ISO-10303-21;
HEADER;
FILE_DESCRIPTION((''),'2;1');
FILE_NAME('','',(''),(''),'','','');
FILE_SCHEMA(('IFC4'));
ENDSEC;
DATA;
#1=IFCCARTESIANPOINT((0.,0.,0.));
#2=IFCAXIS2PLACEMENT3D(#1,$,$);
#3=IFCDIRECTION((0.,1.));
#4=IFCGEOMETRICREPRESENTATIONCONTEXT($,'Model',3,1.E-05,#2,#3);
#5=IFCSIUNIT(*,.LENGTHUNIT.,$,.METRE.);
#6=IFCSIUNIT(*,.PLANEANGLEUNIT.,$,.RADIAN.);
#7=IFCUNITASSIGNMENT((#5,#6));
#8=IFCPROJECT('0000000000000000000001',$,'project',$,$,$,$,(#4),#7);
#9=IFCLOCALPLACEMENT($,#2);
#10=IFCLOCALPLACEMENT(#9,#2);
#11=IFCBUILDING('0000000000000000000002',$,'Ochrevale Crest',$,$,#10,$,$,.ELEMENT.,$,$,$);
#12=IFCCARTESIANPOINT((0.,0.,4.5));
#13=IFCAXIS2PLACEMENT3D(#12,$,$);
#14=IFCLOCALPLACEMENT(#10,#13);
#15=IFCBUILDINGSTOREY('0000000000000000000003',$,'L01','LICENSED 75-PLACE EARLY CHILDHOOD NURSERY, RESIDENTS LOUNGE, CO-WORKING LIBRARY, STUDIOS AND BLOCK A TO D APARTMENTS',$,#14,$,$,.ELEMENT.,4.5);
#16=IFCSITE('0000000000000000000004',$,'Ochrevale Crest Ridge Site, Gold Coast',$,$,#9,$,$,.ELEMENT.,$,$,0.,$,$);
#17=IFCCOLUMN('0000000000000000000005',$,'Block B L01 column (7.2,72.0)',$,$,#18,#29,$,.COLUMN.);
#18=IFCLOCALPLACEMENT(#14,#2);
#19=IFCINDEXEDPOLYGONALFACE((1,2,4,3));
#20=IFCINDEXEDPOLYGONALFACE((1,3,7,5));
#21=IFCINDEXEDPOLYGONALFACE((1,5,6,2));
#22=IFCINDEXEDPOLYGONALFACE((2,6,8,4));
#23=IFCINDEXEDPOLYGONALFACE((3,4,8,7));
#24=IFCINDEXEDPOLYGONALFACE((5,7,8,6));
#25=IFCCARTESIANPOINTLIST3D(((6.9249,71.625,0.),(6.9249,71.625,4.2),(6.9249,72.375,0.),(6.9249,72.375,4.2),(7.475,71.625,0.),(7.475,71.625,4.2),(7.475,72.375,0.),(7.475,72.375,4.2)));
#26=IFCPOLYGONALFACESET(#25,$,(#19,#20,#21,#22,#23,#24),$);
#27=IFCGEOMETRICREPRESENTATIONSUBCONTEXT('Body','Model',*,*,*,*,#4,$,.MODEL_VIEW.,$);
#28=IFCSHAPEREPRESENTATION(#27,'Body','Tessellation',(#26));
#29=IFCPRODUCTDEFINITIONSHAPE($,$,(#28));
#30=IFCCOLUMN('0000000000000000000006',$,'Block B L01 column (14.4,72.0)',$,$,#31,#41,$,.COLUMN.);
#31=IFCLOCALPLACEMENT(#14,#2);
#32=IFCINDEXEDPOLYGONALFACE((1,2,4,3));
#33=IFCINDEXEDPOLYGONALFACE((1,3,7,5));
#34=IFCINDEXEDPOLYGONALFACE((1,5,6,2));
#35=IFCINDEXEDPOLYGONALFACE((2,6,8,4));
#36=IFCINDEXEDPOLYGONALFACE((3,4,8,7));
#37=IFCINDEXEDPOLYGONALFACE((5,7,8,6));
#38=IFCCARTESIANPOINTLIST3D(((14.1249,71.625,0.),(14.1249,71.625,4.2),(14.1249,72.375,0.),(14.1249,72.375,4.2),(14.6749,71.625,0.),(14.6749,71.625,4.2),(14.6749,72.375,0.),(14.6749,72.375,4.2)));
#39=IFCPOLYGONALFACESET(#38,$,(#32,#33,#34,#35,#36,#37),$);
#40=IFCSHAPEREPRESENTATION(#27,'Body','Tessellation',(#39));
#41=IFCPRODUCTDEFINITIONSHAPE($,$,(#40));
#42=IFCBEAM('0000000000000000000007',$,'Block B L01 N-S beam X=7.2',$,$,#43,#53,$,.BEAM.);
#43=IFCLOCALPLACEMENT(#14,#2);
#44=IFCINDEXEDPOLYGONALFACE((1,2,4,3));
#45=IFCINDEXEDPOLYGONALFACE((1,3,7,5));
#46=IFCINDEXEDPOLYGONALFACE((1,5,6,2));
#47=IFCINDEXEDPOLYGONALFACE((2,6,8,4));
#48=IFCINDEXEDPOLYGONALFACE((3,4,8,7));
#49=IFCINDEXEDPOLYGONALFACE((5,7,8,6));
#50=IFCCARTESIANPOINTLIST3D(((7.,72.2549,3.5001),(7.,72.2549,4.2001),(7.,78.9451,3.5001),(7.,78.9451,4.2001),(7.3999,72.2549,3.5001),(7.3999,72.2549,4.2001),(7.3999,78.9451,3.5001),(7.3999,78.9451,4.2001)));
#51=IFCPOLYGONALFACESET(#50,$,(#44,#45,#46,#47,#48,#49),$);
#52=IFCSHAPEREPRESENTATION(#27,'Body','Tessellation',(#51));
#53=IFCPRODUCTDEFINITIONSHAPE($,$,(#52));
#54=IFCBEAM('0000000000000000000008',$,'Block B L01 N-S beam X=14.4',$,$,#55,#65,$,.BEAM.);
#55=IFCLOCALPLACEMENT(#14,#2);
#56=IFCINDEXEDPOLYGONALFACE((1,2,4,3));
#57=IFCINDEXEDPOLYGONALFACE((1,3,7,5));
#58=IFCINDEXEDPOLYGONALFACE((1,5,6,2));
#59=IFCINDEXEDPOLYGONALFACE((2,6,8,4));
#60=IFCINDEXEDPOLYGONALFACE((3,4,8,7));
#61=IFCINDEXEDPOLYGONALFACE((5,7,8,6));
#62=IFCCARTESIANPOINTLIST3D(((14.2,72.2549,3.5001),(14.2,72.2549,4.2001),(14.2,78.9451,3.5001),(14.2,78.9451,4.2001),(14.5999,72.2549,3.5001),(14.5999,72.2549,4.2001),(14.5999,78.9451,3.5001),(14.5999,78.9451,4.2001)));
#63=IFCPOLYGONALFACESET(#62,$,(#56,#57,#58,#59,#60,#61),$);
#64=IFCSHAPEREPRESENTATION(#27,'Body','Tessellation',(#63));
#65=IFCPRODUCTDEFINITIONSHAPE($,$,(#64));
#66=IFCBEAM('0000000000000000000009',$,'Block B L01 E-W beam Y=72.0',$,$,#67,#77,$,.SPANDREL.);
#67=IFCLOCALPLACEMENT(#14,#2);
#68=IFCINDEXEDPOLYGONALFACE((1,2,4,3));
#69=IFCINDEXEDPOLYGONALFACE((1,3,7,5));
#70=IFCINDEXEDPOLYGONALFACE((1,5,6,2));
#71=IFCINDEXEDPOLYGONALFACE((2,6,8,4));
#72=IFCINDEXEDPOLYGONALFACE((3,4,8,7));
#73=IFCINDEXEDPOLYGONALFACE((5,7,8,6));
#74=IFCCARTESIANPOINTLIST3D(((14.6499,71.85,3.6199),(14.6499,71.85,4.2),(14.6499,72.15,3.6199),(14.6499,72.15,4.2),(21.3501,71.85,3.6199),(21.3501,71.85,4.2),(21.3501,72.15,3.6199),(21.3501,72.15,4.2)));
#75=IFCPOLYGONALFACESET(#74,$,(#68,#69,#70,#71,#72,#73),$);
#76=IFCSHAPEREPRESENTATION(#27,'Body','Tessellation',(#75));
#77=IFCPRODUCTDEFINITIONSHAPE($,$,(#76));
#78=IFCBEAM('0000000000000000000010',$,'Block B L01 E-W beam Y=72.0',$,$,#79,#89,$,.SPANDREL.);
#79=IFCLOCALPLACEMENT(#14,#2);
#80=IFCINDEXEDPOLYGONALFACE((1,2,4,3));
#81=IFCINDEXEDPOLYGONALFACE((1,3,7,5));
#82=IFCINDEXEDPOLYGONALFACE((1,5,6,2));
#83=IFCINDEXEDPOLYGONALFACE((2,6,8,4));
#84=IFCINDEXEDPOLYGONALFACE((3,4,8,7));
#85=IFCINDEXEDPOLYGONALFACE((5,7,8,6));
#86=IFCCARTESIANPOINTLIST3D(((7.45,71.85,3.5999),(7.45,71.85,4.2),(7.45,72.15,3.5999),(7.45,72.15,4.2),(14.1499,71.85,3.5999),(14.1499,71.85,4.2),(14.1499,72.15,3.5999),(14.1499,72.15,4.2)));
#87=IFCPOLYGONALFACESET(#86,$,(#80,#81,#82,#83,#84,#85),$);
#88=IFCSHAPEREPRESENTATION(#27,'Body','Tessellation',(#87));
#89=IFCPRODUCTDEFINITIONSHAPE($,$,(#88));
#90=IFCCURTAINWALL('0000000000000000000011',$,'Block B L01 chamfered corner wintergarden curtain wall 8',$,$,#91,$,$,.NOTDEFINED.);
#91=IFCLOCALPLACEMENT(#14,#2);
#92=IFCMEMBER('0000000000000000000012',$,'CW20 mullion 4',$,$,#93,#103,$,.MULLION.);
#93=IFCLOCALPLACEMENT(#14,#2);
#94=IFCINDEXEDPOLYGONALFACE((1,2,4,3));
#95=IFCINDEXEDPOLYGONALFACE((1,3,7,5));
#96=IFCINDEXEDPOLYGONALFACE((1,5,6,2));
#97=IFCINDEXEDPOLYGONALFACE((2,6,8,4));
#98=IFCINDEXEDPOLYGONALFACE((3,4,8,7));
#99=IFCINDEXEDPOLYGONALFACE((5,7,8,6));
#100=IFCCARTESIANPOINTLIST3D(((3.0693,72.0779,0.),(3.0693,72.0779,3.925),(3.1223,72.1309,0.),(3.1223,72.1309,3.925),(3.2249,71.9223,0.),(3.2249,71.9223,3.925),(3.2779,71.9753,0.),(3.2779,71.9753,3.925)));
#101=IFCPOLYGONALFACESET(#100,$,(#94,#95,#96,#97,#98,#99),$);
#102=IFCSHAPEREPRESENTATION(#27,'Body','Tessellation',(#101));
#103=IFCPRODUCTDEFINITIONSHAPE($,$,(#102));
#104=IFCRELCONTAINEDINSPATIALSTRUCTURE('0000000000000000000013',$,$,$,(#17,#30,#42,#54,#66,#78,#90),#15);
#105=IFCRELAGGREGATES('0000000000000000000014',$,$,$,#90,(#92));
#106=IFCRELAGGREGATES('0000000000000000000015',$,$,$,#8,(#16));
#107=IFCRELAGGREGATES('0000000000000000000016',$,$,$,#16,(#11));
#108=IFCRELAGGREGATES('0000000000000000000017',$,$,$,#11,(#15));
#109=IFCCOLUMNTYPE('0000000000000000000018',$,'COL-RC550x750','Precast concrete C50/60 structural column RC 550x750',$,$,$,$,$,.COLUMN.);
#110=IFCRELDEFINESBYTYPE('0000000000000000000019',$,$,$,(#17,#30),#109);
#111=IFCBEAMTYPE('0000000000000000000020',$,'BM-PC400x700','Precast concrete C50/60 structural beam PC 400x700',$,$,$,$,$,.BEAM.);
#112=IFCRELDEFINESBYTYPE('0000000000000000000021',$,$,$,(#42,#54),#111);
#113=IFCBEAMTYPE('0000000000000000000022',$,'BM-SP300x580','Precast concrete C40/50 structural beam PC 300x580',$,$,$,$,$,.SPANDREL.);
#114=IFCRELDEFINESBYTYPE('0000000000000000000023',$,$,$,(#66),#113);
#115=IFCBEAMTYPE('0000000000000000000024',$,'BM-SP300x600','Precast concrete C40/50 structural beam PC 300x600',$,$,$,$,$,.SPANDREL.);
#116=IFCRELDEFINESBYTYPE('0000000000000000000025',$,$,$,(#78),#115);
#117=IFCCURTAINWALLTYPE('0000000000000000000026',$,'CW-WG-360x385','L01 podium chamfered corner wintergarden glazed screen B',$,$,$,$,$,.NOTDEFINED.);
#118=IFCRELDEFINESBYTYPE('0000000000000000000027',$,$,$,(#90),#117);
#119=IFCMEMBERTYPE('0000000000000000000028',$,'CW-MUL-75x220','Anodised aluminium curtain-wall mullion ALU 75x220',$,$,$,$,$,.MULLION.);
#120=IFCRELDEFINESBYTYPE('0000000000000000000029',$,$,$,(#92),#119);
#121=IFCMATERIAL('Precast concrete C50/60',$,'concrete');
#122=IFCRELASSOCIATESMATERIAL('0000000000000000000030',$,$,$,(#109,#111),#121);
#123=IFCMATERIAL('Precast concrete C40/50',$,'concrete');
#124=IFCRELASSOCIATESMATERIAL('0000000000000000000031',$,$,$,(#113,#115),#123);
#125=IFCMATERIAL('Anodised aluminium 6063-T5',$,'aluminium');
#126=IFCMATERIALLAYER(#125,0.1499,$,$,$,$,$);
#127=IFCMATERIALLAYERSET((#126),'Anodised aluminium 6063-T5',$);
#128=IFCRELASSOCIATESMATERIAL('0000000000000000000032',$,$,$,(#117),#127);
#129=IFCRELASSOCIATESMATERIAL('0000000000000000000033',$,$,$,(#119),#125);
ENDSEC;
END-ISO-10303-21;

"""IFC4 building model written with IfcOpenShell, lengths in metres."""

from ifc_helpers import new_model, si_unit, direction, frame, origin, origin_2d, place, context, subcontext, project, spatial, rectangle, extrude, material, layer, layer_set, material_profile, profile_set, type_object, element, aggregate, save


model = new_model("IFC4")

# Units and contexts
model_context = context("Model", 3, precision=1e-05, world=origin(), true_north=direction((0.0, 1.0)))
body_context = subcontext(model_context, "Body", "Model", "MODEL_VIEW")
ifc_project = project(units=[si_unit("LENGTHUNIT", "METRE"), si_unit("PLANEANGLEUNIT", "RADIAN")], contexts=[model_context])

# Site, building, storey
site_placement = place(None, origin())
site = spatial("IfcSite", under=ifc_project, at=site_placement, Name="Ochrevale Crest Ridge Site, Gold Coast", CompositionType="ELEMENT", RefElevation=0.0)
building_placement = place(site_placement, origin())
building = spatial("IfcBuilding", under=site, at=building_placement, Name="Ochrevale Crest", CompositionType="ELEMENT")
storey_placement = place(building_placement, frame((0.0, 0.0, 4.5)))
storey = spatial("IfcBuildingStorey", under=building, at=storey_placement, Name="L01", Description="LICENSED 75-PLACE EARLY CHILDHOOD NURSERY, RESIDENTS LOUNGE, CO-WORKING LIBRARY, STUDIOS AND BLOCK A TO D APARTMENTS", CompositionType="ELEMENT", Elevation=4.5)

# Columns
ifc_material_1 = material(Name="Precast concrete C50/60", Category="concrete")
ifc_material_profile_1 = material_profile(ifc_material_1, rectangle(XDim=0.55, YDim=0.75, at=origin_2d()), Name="RC 550x750")
ifc_profile_set_1 = profile_set([ifc_material_profile_1], Name="Precast concrete C50/60")
column_type = type_object("IfcColumnType", Name="COL-RC550x750", Description="Precast concrete C50/60 structural column RC 550x750", PredefinedType="COLUMN", material=ifc_profile_set_1)
for number, where, z_axis, x_axis, name in (
    (1, (7.2, 72.0, 0.0), (0.0, 0.0, 1.0), (1.0, 0.0, 0.0), "Block B L01 column (7.2,72.0)"),
    (2, (14.3999, 72.0, 0.0), (0.0, 0.0, 1.0), (1.0, 0.0, 0.0), "Block B L01 column (14.4,72.0)"),
):
    element("IfcColumn", number, at=place(storey_placement, frame(where, z_axis=z_axis, x_axis=x_axis)), inside=storey, type_object=column_type, Name=name, PredefinedType="COLUMN", context=body_context, shape_type="SweptSolid", body=[
        extrude(rectangle(XDim=0.55, YDim=0.75, at=origin_2d()), origin(), (0.0, 0.0, 1.0), 4.2),
    ])

# Beams
ifc_material_profile_2 = material_profile(ifc_material_1, rectangle(XDim=0.3999, YDim=0.7, at=origin_2d()), Name="PC 400x700")
ifc_profile_set_2 = profile_set([ifc_material_profile_2], Name="Precast concrete C50/60")
beam_type_1 = type_object("IfcBeamType", Name="BM-PC400x700", Description="Precast concrete C50/60 structural beam PC 400x700", PredefinedType="BEAM", material=ifc_profile_set_2)
for number, where, z_axis, x_axis, name in (
    (3, (7.2, 72.2549, 3.8501), (0.0, 1.0, 0.0), (-1.0, 0.0, 0.0), "Block B L01 N-S beam X=7.2"),
    (4, (14.3999, 72.2549, 3.8501), (0.0, 1.0, 0.0), (-1.0, 0.0, 0.0), "Block B L01 N-S beam X=14.4"),
):
    element("IfcBeam", number, at=place(storey_placement, frame(where, z_axis=z_axis, x_axis=x_axis)), inside=storey, type_object=beam_type_1, Name=name, PredefinedType="BEAM", context=body_context, shape_type="SweptSolid", body=[
        extrude(rectangle(XDim=0.3999, YDim=0.7, at=origin_2d()), origin(), (0.0, 0.0, 1.0), 6.6902),
    ])
ifc_material_2 = material(Name="Precast concrete C40/50", Category="concrete")
ifc_material_profile_3 = material_profile(ifc_material_2, rectangle(XDim=0.3, YDim=0.5801, at=origin_2d()), Name="PC 300x580")
ifc_profile_set_3 = profile_set([ifc_material_profile_3], Name="Precast concrete C40/50")
beam_type_2 = type_object("IfcBeamType", Name="BM-SP300x580", Description="Precast concrete C40/50 structural beam PC 300x580", PredefinedType="SPANDREL", material=ifc_profile_set_3)
beam_1_placement = place(storey_placement, frame((14.6499, 72.0, 3.9099), z_axis=(1.0, 0.0, 0.0), x_axis=(0.0, 1.0, 0.0)))
element("IfcBeam", 5, at=beam_1_placement, inside=storey, type_object=beam_type_2, Name="Block B L01 E-W beam Y=72.0", PredefinedType="SPANDREL", context=body_context, shape_type="SweptSolid", body=[
    extrude(rectangle(XDim=0.3, YDim=0.5801, at=origin_2d()), origin(), (0.0, 0.0, 1.0), 6.7002),
])
ifc_material_profile_4 = material_profile(ifc_material_2, rectangle(XDim=0.3, YDim=0.6001, at=origin_2d()), Name="PC 300x600")
ifc_profile_set_4 = profile_set([ifc_material_profile_4], Name="Precast concrete C40/50")
beam_type_3 = type_object("IfcBeamType", Name="BM-SP300x600", Description="Precast concrete C40/50 structural beam PC 300x600", PredefinedType="SPANDREL", material=ifc_profile_set_4)
beam_2_placement = place(storey_placement, frame((7.45, 72.0, 3.8999), z_axis=(1.0, 0.0, 0.0), x_axis=(0.0, 1.0, 0.0)))
element("IfcBeam", 6, at=beam_2_placement, inside=storey, type_object=beam_type_3, Name="Block B L01 E-W beam Y=72.0", PredefinedType="SPANDREL", context=body_context, shape_type="SweptSolid", body=[
    extrude(rectangle(XDim=0.3, YDim=0.6001, at=origin_2d()), origin(), (0.0, 0.0, 1.0), 6.7),
])

# Curtain wall, member
ifc_material_3 = material(Name="Anodised aluminium 6063-T5", Category="aluminium")
ifc_layer_1 = layer(ifc_material_3, 0.1499)
ifc_layer_set_1 = layer_set([ifc_layer_1], Name="Anodised aluminium 6063-T5")
curtain_wall_type = type_object("IfcCurtainWallType", Name="CW-WG-360x385", Description="L01 podium chamfered corner wintergarden glazed screen B", PredefinedType="NOTDEFINED", material=ifc_layer_set_1)
curtain_wall_placement = place(storey_placement, origin())
curtain_wall = element("IfcCurtainWall", 7, at=curtain_wall_placement, inside=storey, type_object=curtain_wall_type, Name="Block B L01 chamfered corner wintergarden curtain wall 8", PredefinedType="NOTDEFINED")
ifc_material_profile_5 = material_profile(ifc_material_3, rectangle(XDim=0.075, YDim=0.22, at=origin_2d()), Name="ALU 75x220")
ifc_profile_set_5 = profile_set([ifc_material_profile_5], Name="Anodised aluminium 6063-T5")
member_type = type_object("IfcMemberType", Name="CW-MUL-75x220", Description="Anodised aluminium curtain-wall mullion ALU 75x220", PredefinedType="MULLION", material=ifc_profile_set_5)
member_placement = place(storey_placement, frame((3.1736, 72.0266, 0.0), z_axis=(0.0, 0.0, 1.0), x_axis=(0.707107, 0.707107, 0.0)))
member = element("IfcMember", 8, at=member_placement, type_object=member_type, Name="CW20 mullion 4", PredefinedType="MULLION", context=body_context, shape_type="SweptSolid", body=[
    extrude(rectangle(XDim=0.075, YDim=0.22, at=origin_2d()), origin(), (0.0, 0.0, 1.0), 3.925),
])
aggregate(curtain_wall, [member])

save(model, "model.ifc")
